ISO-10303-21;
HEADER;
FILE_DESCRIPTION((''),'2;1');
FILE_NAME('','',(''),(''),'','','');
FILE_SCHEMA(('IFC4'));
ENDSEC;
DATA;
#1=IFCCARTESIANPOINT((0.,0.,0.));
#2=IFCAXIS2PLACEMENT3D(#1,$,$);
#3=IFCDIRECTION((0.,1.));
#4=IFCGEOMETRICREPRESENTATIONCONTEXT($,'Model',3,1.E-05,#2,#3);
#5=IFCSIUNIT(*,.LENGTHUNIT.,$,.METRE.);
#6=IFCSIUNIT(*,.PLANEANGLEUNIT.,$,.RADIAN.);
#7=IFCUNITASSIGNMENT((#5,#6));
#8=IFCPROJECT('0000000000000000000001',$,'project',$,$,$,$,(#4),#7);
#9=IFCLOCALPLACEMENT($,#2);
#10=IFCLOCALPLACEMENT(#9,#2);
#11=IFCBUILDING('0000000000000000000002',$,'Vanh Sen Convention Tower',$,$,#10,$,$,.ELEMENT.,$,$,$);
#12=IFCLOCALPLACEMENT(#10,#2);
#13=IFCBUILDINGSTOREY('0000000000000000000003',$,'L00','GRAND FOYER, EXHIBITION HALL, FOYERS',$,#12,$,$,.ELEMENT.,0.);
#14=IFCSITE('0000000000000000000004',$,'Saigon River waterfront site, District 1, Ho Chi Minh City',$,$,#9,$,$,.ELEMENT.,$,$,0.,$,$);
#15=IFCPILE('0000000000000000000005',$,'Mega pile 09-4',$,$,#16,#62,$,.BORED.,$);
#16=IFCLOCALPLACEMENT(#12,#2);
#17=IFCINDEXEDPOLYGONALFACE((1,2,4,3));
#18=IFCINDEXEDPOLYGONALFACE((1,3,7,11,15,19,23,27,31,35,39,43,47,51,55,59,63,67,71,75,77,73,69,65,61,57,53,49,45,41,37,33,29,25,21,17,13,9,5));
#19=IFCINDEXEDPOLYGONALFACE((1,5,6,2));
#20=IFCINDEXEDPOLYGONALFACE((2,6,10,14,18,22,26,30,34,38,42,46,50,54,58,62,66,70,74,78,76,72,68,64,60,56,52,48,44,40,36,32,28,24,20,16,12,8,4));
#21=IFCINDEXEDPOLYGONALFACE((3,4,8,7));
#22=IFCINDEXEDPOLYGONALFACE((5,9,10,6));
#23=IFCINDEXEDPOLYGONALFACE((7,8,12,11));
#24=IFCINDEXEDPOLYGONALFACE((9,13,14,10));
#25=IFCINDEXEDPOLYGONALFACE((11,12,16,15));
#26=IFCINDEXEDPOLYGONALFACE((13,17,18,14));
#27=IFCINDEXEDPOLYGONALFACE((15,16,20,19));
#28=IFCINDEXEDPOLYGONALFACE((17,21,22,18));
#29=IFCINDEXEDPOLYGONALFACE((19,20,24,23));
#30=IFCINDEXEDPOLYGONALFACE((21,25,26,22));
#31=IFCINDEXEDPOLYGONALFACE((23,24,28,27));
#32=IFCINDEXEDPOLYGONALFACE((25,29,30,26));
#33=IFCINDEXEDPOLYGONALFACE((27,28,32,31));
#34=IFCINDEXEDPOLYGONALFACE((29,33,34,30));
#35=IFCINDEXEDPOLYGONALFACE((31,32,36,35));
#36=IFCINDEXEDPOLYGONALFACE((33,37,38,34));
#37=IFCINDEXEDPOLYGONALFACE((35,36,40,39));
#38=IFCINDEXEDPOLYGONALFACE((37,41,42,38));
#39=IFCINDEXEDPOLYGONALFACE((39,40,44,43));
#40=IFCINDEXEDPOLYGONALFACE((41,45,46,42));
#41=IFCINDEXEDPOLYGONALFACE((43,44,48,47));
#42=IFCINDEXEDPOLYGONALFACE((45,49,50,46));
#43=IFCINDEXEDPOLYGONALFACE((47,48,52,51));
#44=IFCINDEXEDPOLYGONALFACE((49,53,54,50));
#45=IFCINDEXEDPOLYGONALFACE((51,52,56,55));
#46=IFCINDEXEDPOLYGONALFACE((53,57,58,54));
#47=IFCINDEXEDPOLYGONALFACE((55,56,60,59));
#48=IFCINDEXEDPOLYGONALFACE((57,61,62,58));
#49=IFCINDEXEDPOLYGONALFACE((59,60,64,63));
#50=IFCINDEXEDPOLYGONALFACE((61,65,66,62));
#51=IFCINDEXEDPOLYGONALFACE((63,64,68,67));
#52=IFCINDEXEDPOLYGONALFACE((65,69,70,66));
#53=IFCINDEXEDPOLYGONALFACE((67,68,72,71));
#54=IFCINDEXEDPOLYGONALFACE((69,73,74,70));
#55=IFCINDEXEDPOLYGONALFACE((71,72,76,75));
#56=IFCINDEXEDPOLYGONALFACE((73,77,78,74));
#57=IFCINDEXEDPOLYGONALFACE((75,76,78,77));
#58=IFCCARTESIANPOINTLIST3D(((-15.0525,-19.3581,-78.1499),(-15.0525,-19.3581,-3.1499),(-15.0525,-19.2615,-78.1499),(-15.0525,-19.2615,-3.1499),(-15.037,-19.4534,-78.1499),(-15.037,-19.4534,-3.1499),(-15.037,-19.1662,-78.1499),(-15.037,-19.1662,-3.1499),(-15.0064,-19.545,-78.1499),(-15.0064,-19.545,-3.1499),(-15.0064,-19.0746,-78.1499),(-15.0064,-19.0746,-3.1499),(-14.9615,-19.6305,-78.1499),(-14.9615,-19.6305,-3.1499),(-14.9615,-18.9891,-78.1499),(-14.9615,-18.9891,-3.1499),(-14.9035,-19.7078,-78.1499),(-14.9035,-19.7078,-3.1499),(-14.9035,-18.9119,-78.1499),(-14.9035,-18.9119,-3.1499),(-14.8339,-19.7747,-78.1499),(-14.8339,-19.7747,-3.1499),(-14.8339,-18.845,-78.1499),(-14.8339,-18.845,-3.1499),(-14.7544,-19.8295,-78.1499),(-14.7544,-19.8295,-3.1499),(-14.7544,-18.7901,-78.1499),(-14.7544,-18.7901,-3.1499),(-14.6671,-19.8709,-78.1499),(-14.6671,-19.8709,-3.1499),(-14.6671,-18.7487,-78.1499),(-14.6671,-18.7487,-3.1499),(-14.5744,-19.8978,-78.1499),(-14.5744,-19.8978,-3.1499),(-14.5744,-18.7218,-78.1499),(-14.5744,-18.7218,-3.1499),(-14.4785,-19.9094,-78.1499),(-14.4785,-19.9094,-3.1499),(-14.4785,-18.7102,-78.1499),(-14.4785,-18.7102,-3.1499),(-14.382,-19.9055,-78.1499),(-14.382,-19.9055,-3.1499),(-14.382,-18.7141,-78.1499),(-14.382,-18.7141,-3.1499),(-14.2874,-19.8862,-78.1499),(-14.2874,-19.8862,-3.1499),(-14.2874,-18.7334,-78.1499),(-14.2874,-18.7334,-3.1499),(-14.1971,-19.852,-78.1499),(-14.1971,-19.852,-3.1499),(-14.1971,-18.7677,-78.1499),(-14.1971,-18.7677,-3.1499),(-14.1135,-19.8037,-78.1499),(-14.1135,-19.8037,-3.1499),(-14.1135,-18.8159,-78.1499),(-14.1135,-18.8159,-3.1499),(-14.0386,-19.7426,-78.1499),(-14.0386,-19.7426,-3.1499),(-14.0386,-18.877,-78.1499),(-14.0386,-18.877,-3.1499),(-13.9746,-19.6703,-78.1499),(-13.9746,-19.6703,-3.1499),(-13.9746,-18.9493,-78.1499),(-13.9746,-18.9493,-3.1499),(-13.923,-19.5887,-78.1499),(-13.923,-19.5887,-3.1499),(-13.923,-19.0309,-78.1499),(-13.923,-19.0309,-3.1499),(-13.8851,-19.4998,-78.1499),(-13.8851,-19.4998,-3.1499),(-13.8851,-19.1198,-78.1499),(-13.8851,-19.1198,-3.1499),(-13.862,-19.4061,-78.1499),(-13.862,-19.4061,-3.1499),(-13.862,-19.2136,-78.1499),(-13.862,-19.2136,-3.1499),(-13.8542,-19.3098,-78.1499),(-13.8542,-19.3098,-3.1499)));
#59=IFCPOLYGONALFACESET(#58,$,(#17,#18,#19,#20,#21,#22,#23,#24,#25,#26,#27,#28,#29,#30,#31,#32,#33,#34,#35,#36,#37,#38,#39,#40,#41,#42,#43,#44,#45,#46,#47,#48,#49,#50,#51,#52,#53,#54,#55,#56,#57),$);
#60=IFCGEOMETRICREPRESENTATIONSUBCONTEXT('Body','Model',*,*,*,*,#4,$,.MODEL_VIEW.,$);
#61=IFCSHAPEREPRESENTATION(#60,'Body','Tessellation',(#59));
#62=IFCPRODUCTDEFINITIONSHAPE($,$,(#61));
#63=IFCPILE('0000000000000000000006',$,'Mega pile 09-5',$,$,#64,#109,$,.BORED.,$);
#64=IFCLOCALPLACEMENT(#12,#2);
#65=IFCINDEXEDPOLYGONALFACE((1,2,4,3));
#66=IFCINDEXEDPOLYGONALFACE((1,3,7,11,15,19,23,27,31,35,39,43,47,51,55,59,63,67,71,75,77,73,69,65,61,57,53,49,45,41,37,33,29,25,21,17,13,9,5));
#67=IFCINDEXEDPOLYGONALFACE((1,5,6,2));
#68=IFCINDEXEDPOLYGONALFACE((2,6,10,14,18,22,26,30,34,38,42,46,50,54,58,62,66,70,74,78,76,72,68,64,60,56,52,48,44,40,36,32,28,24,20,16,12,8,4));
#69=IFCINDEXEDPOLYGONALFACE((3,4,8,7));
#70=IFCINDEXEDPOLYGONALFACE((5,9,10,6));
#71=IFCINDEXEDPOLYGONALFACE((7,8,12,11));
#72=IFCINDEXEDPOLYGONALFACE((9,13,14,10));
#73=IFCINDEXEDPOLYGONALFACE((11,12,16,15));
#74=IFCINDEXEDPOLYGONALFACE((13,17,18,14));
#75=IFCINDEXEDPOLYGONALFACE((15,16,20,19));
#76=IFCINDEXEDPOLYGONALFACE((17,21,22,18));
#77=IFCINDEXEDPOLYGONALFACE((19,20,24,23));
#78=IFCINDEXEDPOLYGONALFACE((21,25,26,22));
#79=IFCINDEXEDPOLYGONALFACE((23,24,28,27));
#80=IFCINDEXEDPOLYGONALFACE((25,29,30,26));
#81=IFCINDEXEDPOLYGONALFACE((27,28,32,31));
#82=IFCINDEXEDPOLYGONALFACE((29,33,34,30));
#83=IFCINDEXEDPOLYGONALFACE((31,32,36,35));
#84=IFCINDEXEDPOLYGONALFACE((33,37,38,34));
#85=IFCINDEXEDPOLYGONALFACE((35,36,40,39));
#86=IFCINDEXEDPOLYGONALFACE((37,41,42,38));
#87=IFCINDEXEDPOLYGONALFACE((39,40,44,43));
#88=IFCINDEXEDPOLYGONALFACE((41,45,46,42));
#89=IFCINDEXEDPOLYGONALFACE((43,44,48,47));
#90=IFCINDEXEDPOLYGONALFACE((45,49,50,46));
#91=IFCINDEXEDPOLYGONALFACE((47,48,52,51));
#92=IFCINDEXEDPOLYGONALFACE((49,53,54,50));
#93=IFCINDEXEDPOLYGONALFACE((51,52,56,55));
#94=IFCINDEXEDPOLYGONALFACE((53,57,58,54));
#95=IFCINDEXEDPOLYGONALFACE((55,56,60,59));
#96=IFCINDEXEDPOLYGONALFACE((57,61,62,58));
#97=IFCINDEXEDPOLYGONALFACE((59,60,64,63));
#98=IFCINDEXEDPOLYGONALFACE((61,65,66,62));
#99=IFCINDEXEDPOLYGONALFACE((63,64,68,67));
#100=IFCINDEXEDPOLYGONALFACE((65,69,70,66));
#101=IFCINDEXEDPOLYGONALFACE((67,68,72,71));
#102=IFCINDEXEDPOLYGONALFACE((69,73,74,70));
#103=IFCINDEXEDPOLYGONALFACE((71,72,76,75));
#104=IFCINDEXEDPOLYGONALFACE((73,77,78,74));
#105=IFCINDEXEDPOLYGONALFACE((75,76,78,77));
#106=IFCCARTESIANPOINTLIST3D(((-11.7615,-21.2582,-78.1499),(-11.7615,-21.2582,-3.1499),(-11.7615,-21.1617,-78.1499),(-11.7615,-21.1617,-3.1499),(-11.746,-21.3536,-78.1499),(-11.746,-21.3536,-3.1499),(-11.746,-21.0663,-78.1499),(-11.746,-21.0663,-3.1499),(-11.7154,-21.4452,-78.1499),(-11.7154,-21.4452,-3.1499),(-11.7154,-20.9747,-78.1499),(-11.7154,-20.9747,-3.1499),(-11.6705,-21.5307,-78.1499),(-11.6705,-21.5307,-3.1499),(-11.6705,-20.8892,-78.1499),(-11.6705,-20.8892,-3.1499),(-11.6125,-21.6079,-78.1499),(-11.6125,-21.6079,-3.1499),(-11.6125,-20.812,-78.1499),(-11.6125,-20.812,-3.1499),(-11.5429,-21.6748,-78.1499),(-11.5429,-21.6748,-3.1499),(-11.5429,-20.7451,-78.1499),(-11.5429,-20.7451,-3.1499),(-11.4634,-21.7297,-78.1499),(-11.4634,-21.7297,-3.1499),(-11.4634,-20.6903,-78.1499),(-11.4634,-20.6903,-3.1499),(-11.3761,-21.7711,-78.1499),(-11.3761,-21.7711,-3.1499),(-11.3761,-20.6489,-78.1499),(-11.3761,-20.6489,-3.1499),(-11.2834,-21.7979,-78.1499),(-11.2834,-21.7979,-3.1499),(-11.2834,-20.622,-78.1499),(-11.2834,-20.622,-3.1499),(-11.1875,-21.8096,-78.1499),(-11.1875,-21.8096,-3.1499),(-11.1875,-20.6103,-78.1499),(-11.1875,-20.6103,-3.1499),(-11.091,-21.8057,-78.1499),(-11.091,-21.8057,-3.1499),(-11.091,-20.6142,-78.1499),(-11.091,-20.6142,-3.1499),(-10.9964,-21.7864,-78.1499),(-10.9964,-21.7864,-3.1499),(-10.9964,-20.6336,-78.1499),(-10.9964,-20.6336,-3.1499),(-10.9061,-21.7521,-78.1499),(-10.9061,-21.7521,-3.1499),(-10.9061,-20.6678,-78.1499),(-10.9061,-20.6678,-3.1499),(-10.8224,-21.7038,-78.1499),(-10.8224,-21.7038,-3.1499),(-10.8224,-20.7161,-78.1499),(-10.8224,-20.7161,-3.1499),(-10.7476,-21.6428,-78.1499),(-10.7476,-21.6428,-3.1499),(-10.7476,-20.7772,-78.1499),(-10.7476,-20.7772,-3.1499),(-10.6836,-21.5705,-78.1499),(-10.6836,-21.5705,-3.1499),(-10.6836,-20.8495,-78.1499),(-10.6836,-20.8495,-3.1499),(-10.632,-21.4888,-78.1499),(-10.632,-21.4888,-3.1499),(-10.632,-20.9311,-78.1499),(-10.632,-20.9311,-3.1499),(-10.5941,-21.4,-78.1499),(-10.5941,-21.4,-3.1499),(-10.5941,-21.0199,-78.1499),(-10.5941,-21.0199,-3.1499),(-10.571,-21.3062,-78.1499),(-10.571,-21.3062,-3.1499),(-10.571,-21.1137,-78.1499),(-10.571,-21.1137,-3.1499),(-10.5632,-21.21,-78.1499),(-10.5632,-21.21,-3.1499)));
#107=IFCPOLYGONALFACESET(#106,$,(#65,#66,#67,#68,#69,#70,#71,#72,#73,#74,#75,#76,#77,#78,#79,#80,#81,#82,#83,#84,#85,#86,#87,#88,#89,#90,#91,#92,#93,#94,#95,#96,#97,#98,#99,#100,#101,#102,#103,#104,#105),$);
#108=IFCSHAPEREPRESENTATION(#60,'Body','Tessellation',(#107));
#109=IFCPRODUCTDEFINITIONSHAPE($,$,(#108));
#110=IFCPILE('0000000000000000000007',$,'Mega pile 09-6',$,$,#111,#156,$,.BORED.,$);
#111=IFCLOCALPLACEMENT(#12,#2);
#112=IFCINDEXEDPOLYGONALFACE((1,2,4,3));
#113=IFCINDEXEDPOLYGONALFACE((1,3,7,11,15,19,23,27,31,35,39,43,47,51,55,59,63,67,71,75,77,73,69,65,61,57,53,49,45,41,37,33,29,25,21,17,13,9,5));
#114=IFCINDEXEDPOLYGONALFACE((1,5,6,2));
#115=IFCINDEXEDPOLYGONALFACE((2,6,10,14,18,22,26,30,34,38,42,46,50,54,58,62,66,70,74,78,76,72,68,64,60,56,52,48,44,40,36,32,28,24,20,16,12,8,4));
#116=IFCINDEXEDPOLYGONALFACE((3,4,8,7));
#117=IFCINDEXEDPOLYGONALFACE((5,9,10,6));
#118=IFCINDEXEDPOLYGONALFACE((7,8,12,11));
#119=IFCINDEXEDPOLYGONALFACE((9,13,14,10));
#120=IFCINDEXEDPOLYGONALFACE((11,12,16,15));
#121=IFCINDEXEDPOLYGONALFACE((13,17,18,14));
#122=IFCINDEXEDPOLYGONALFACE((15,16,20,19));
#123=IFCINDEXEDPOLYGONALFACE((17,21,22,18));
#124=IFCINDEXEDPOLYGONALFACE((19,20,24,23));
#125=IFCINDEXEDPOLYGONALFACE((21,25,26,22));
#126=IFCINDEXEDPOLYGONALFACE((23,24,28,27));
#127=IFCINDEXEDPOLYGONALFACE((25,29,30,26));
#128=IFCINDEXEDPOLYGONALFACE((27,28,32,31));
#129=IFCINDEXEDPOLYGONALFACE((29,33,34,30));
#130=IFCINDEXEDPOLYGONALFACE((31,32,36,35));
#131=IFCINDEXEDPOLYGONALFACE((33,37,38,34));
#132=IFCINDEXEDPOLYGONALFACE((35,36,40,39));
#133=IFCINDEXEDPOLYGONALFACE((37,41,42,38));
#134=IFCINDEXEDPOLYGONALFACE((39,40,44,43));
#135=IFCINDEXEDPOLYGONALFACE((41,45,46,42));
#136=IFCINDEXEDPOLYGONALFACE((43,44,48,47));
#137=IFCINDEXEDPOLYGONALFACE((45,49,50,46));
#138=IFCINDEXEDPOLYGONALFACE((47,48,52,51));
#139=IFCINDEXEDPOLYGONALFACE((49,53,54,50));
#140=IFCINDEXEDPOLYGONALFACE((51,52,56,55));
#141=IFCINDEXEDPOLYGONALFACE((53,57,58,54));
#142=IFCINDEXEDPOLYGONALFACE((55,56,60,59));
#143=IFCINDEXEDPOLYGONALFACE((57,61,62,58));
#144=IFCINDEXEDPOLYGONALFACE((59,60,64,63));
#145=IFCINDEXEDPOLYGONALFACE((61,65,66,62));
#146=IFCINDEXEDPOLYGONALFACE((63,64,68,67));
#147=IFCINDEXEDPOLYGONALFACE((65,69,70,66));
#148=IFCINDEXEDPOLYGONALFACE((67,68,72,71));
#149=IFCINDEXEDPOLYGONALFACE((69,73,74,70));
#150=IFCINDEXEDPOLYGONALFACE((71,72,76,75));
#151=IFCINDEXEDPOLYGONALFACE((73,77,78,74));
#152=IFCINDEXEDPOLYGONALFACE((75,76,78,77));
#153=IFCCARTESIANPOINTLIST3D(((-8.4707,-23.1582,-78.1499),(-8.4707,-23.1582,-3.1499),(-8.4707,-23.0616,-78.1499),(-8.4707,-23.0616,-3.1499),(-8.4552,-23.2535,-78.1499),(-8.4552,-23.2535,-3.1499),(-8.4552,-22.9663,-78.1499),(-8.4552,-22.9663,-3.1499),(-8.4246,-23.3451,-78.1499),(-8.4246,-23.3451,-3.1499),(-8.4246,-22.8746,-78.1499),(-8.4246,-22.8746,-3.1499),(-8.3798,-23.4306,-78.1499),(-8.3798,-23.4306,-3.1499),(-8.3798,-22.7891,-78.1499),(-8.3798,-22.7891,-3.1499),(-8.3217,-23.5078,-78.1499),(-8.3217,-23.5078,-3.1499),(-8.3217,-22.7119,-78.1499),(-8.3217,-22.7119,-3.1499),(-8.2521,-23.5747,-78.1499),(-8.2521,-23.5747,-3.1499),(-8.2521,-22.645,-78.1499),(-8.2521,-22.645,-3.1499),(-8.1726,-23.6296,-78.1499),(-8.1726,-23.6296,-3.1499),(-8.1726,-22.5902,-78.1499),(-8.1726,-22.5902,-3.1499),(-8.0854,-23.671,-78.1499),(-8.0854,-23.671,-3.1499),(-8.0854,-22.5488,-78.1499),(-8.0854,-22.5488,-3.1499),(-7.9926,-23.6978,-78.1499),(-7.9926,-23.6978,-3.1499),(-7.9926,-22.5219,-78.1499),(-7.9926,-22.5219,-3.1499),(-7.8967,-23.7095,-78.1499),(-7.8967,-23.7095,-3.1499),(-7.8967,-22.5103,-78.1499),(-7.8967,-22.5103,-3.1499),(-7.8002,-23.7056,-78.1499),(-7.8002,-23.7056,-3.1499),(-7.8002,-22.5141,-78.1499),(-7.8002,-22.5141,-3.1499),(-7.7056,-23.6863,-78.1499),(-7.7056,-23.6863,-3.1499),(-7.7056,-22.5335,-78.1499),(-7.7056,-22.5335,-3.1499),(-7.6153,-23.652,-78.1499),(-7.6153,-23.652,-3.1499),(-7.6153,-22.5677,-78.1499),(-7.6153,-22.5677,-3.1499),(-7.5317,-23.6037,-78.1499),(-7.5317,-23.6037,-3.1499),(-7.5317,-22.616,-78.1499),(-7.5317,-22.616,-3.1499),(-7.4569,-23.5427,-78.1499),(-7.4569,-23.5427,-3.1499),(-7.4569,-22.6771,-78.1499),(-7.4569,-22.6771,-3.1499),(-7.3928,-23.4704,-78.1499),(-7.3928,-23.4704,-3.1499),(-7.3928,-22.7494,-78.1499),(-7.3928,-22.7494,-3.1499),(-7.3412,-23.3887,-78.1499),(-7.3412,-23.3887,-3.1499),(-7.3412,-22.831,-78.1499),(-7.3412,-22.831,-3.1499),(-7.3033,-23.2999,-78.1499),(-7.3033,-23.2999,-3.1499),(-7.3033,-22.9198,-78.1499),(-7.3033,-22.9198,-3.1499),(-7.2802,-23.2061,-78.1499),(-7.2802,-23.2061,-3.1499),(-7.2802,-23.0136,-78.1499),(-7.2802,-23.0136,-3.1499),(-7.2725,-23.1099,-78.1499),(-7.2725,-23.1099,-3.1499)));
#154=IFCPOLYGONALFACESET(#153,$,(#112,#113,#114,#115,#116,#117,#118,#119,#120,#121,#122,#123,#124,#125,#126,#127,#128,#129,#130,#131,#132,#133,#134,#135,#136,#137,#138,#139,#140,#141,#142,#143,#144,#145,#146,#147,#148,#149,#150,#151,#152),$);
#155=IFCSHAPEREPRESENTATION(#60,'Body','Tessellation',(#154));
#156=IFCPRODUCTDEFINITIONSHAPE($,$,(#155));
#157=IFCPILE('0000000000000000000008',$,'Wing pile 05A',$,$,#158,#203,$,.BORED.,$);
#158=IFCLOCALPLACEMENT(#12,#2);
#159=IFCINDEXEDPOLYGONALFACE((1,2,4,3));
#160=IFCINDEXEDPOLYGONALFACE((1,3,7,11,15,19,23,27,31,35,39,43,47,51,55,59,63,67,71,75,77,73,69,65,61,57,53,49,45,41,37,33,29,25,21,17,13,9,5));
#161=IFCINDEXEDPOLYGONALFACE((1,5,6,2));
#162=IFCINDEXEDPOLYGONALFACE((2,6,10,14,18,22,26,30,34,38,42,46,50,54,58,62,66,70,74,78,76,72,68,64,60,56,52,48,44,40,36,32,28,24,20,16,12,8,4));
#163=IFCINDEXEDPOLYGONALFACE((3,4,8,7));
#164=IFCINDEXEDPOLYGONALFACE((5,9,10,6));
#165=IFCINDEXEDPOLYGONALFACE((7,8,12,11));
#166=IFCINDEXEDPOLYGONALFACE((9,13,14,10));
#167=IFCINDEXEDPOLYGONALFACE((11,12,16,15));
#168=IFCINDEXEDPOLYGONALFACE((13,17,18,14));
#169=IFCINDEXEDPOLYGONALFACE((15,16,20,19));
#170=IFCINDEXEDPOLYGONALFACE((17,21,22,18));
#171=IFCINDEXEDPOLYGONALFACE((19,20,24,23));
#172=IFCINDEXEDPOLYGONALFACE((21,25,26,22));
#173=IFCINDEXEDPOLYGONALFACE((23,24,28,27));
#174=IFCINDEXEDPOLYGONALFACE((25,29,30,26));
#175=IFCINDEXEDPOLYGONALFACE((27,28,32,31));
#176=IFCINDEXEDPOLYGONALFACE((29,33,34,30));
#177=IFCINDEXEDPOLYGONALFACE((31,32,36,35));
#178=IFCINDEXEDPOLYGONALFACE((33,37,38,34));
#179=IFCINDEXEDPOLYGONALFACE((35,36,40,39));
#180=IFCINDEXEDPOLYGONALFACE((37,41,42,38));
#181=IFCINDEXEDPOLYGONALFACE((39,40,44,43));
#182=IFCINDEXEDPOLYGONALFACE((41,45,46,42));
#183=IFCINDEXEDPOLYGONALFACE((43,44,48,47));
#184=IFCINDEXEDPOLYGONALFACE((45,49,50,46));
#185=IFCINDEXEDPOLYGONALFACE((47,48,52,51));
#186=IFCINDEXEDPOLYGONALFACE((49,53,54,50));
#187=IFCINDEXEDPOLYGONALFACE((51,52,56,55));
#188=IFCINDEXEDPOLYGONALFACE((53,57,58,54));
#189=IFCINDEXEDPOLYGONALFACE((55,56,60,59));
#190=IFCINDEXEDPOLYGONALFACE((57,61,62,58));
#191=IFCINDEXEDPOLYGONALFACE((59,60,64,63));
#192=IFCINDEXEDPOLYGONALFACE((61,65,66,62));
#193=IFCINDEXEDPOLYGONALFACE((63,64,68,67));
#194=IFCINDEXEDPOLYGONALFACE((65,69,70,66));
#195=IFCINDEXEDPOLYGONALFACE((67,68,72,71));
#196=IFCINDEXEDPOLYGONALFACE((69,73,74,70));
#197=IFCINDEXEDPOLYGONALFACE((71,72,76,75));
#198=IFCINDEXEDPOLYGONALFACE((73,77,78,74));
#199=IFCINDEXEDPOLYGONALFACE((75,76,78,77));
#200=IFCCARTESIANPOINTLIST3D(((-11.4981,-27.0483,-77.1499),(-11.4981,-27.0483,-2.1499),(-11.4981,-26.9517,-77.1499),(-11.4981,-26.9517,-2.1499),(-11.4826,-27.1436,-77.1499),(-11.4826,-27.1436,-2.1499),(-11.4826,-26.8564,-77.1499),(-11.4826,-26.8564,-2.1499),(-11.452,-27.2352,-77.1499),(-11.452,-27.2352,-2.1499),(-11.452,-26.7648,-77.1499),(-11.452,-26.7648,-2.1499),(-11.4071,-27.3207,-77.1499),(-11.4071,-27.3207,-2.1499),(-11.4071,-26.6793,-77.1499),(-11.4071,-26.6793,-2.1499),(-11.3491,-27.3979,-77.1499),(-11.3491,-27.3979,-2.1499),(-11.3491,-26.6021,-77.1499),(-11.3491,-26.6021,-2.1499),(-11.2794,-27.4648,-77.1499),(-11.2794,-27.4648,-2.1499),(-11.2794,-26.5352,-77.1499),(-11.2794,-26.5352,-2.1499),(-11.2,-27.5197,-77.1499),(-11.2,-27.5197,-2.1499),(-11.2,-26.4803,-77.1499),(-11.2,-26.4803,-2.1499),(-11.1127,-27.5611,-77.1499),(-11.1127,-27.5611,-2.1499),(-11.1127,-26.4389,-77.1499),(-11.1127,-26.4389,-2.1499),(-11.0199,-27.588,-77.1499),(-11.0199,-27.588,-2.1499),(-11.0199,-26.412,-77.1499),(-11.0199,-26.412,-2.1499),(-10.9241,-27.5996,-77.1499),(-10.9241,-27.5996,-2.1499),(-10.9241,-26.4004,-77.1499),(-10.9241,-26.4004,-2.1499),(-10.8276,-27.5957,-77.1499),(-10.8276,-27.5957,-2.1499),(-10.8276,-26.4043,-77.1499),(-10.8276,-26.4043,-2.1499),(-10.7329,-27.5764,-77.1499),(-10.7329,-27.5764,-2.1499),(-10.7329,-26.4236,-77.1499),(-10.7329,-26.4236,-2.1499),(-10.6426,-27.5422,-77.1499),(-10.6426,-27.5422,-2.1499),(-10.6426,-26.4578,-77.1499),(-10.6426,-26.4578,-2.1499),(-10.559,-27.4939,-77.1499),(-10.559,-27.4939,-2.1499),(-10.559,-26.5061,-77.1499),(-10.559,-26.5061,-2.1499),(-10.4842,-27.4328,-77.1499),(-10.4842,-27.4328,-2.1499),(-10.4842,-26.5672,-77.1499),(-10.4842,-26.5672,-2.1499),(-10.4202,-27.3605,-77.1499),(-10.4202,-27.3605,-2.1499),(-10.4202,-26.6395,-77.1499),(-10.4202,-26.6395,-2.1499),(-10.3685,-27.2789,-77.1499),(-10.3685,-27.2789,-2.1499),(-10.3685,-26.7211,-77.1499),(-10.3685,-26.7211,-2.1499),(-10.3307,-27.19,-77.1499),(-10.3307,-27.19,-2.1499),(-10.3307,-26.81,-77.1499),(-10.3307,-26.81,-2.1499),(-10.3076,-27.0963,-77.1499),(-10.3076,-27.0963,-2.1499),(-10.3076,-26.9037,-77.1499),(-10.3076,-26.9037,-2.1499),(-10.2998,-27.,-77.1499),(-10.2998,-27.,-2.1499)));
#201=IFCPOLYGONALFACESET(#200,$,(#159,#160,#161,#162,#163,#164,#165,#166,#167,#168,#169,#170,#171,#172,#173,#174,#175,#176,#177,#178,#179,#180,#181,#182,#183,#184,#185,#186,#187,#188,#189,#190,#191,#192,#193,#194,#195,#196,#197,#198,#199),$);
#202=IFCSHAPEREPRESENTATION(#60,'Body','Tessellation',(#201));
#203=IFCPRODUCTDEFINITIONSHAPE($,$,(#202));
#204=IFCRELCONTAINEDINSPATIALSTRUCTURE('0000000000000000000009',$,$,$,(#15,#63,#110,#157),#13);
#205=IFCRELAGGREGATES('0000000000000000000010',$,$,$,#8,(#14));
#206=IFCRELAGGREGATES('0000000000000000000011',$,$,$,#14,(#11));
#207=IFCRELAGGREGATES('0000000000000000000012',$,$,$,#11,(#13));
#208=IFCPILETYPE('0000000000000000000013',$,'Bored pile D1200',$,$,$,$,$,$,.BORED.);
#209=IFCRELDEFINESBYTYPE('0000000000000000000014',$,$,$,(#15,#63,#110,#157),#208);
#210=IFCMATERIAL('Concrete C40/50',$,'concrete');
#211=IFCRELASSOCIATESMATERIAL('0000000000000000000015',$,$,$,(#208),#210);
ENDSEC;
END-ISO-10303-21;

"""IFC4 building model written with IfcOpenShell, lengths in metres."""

from ifc_helpers import new_model, si_unit, direction, frame, origin, origin_2d, place, context, subcontext, project, spatial, circle, extrude, material, material_profile, profile_set, type_object, element, save


model = new_model("IFC4")

# Units and contexts
model_context = context("Model", 3, precision=1e-05, world=origin(), true_north=direction((0.0, 1.0)))
body_context = subcontext(model_context, "Body", "Model", "MODEL_VIEW")
ifc_project = project(units=[si_unit("LENGTHUNIT", "METRE"), si_unit("PLANEANGLEUNIT", "RADIAN")], contexts=[model_context])

# Site, building, storey
site_placement = place(None, origin())
site = spatial("IfcSite", under=ifc_project, at=site_placement, Name="Saigon River waterfront site, District 1, Ho Chi Minh City", CompositionType="ELEMENT", RefElevation=0.0)
building_placement = place(site_placement, origin())
building = spatial("IfcBuilding", under=site, at=building_placement, Name="Vanh Sen Convention Tower", CompositionType="ELEMENT")
storey_placement = place(building_placement, origin())
storey = spatial("IfcBuildingStorey", under=building, at=storey_placement, Name="L00", Description="GRAND FOYER, EXHIBITION HALL, FOYERS", CompositionType="ELEMENT", Elevation=0.0)

# Piles
ifc_material_1 = material(Name="Concrete C40/50", Category="concrete")
ifc_material_profile_1 = material_profile(ifc_material_1, circle(Radius=0.6001, at=origin_2d()), Name="Bored pile D1200")
ifc_profile_set_1 = profile_set([ifc_material_profile_1], Name="Concrete C40/50")
pile_type = type_object("IfcPileType", Name="Bored pile D1200", PredefinedType="BORED", material=ifc_profile_set_1)
for number, where, z_axis, x_axis, name in (
    (1, (-14.4543, -19.3098, -3.1499), (0.0, 0.0, -1.0), (1.0, 0.0, 0.0), "Mega pile 09-4"),
    (2, (-11.1633, -21.21, -3.1499), (0.0, 0.0, -1.0), (1.0, 0.0, 0.0), "Mega pile 09-5"),
    (3, (-7.8726, -23.1099, -3.1499), (0.0, 0.0, -1.0), (1.0, 0.0, 0.0), "Mega pile 09-6"),
    (4, (-10.8999, -27.0, -2.1499), (0.0, 0.0, -1.0), (1.0, 0.0, 0.0), "Wing pile 05A"),
):
    element("IfcPile", number, at=place(storey_placement, frame(where, z_axis=z_axis, x_axis=x_axis)), inside=storey, type_object=pile_type, Name=name, PredefinedType="BORED", context=body_context, shape_type="SweptSolid", body=[
        extrude(circle(Radius=0.6001, at=origin_2d()), origin(), (0.0, 0.0, 1.0), 75.0),
    ])

save(model, "model.ifc")
